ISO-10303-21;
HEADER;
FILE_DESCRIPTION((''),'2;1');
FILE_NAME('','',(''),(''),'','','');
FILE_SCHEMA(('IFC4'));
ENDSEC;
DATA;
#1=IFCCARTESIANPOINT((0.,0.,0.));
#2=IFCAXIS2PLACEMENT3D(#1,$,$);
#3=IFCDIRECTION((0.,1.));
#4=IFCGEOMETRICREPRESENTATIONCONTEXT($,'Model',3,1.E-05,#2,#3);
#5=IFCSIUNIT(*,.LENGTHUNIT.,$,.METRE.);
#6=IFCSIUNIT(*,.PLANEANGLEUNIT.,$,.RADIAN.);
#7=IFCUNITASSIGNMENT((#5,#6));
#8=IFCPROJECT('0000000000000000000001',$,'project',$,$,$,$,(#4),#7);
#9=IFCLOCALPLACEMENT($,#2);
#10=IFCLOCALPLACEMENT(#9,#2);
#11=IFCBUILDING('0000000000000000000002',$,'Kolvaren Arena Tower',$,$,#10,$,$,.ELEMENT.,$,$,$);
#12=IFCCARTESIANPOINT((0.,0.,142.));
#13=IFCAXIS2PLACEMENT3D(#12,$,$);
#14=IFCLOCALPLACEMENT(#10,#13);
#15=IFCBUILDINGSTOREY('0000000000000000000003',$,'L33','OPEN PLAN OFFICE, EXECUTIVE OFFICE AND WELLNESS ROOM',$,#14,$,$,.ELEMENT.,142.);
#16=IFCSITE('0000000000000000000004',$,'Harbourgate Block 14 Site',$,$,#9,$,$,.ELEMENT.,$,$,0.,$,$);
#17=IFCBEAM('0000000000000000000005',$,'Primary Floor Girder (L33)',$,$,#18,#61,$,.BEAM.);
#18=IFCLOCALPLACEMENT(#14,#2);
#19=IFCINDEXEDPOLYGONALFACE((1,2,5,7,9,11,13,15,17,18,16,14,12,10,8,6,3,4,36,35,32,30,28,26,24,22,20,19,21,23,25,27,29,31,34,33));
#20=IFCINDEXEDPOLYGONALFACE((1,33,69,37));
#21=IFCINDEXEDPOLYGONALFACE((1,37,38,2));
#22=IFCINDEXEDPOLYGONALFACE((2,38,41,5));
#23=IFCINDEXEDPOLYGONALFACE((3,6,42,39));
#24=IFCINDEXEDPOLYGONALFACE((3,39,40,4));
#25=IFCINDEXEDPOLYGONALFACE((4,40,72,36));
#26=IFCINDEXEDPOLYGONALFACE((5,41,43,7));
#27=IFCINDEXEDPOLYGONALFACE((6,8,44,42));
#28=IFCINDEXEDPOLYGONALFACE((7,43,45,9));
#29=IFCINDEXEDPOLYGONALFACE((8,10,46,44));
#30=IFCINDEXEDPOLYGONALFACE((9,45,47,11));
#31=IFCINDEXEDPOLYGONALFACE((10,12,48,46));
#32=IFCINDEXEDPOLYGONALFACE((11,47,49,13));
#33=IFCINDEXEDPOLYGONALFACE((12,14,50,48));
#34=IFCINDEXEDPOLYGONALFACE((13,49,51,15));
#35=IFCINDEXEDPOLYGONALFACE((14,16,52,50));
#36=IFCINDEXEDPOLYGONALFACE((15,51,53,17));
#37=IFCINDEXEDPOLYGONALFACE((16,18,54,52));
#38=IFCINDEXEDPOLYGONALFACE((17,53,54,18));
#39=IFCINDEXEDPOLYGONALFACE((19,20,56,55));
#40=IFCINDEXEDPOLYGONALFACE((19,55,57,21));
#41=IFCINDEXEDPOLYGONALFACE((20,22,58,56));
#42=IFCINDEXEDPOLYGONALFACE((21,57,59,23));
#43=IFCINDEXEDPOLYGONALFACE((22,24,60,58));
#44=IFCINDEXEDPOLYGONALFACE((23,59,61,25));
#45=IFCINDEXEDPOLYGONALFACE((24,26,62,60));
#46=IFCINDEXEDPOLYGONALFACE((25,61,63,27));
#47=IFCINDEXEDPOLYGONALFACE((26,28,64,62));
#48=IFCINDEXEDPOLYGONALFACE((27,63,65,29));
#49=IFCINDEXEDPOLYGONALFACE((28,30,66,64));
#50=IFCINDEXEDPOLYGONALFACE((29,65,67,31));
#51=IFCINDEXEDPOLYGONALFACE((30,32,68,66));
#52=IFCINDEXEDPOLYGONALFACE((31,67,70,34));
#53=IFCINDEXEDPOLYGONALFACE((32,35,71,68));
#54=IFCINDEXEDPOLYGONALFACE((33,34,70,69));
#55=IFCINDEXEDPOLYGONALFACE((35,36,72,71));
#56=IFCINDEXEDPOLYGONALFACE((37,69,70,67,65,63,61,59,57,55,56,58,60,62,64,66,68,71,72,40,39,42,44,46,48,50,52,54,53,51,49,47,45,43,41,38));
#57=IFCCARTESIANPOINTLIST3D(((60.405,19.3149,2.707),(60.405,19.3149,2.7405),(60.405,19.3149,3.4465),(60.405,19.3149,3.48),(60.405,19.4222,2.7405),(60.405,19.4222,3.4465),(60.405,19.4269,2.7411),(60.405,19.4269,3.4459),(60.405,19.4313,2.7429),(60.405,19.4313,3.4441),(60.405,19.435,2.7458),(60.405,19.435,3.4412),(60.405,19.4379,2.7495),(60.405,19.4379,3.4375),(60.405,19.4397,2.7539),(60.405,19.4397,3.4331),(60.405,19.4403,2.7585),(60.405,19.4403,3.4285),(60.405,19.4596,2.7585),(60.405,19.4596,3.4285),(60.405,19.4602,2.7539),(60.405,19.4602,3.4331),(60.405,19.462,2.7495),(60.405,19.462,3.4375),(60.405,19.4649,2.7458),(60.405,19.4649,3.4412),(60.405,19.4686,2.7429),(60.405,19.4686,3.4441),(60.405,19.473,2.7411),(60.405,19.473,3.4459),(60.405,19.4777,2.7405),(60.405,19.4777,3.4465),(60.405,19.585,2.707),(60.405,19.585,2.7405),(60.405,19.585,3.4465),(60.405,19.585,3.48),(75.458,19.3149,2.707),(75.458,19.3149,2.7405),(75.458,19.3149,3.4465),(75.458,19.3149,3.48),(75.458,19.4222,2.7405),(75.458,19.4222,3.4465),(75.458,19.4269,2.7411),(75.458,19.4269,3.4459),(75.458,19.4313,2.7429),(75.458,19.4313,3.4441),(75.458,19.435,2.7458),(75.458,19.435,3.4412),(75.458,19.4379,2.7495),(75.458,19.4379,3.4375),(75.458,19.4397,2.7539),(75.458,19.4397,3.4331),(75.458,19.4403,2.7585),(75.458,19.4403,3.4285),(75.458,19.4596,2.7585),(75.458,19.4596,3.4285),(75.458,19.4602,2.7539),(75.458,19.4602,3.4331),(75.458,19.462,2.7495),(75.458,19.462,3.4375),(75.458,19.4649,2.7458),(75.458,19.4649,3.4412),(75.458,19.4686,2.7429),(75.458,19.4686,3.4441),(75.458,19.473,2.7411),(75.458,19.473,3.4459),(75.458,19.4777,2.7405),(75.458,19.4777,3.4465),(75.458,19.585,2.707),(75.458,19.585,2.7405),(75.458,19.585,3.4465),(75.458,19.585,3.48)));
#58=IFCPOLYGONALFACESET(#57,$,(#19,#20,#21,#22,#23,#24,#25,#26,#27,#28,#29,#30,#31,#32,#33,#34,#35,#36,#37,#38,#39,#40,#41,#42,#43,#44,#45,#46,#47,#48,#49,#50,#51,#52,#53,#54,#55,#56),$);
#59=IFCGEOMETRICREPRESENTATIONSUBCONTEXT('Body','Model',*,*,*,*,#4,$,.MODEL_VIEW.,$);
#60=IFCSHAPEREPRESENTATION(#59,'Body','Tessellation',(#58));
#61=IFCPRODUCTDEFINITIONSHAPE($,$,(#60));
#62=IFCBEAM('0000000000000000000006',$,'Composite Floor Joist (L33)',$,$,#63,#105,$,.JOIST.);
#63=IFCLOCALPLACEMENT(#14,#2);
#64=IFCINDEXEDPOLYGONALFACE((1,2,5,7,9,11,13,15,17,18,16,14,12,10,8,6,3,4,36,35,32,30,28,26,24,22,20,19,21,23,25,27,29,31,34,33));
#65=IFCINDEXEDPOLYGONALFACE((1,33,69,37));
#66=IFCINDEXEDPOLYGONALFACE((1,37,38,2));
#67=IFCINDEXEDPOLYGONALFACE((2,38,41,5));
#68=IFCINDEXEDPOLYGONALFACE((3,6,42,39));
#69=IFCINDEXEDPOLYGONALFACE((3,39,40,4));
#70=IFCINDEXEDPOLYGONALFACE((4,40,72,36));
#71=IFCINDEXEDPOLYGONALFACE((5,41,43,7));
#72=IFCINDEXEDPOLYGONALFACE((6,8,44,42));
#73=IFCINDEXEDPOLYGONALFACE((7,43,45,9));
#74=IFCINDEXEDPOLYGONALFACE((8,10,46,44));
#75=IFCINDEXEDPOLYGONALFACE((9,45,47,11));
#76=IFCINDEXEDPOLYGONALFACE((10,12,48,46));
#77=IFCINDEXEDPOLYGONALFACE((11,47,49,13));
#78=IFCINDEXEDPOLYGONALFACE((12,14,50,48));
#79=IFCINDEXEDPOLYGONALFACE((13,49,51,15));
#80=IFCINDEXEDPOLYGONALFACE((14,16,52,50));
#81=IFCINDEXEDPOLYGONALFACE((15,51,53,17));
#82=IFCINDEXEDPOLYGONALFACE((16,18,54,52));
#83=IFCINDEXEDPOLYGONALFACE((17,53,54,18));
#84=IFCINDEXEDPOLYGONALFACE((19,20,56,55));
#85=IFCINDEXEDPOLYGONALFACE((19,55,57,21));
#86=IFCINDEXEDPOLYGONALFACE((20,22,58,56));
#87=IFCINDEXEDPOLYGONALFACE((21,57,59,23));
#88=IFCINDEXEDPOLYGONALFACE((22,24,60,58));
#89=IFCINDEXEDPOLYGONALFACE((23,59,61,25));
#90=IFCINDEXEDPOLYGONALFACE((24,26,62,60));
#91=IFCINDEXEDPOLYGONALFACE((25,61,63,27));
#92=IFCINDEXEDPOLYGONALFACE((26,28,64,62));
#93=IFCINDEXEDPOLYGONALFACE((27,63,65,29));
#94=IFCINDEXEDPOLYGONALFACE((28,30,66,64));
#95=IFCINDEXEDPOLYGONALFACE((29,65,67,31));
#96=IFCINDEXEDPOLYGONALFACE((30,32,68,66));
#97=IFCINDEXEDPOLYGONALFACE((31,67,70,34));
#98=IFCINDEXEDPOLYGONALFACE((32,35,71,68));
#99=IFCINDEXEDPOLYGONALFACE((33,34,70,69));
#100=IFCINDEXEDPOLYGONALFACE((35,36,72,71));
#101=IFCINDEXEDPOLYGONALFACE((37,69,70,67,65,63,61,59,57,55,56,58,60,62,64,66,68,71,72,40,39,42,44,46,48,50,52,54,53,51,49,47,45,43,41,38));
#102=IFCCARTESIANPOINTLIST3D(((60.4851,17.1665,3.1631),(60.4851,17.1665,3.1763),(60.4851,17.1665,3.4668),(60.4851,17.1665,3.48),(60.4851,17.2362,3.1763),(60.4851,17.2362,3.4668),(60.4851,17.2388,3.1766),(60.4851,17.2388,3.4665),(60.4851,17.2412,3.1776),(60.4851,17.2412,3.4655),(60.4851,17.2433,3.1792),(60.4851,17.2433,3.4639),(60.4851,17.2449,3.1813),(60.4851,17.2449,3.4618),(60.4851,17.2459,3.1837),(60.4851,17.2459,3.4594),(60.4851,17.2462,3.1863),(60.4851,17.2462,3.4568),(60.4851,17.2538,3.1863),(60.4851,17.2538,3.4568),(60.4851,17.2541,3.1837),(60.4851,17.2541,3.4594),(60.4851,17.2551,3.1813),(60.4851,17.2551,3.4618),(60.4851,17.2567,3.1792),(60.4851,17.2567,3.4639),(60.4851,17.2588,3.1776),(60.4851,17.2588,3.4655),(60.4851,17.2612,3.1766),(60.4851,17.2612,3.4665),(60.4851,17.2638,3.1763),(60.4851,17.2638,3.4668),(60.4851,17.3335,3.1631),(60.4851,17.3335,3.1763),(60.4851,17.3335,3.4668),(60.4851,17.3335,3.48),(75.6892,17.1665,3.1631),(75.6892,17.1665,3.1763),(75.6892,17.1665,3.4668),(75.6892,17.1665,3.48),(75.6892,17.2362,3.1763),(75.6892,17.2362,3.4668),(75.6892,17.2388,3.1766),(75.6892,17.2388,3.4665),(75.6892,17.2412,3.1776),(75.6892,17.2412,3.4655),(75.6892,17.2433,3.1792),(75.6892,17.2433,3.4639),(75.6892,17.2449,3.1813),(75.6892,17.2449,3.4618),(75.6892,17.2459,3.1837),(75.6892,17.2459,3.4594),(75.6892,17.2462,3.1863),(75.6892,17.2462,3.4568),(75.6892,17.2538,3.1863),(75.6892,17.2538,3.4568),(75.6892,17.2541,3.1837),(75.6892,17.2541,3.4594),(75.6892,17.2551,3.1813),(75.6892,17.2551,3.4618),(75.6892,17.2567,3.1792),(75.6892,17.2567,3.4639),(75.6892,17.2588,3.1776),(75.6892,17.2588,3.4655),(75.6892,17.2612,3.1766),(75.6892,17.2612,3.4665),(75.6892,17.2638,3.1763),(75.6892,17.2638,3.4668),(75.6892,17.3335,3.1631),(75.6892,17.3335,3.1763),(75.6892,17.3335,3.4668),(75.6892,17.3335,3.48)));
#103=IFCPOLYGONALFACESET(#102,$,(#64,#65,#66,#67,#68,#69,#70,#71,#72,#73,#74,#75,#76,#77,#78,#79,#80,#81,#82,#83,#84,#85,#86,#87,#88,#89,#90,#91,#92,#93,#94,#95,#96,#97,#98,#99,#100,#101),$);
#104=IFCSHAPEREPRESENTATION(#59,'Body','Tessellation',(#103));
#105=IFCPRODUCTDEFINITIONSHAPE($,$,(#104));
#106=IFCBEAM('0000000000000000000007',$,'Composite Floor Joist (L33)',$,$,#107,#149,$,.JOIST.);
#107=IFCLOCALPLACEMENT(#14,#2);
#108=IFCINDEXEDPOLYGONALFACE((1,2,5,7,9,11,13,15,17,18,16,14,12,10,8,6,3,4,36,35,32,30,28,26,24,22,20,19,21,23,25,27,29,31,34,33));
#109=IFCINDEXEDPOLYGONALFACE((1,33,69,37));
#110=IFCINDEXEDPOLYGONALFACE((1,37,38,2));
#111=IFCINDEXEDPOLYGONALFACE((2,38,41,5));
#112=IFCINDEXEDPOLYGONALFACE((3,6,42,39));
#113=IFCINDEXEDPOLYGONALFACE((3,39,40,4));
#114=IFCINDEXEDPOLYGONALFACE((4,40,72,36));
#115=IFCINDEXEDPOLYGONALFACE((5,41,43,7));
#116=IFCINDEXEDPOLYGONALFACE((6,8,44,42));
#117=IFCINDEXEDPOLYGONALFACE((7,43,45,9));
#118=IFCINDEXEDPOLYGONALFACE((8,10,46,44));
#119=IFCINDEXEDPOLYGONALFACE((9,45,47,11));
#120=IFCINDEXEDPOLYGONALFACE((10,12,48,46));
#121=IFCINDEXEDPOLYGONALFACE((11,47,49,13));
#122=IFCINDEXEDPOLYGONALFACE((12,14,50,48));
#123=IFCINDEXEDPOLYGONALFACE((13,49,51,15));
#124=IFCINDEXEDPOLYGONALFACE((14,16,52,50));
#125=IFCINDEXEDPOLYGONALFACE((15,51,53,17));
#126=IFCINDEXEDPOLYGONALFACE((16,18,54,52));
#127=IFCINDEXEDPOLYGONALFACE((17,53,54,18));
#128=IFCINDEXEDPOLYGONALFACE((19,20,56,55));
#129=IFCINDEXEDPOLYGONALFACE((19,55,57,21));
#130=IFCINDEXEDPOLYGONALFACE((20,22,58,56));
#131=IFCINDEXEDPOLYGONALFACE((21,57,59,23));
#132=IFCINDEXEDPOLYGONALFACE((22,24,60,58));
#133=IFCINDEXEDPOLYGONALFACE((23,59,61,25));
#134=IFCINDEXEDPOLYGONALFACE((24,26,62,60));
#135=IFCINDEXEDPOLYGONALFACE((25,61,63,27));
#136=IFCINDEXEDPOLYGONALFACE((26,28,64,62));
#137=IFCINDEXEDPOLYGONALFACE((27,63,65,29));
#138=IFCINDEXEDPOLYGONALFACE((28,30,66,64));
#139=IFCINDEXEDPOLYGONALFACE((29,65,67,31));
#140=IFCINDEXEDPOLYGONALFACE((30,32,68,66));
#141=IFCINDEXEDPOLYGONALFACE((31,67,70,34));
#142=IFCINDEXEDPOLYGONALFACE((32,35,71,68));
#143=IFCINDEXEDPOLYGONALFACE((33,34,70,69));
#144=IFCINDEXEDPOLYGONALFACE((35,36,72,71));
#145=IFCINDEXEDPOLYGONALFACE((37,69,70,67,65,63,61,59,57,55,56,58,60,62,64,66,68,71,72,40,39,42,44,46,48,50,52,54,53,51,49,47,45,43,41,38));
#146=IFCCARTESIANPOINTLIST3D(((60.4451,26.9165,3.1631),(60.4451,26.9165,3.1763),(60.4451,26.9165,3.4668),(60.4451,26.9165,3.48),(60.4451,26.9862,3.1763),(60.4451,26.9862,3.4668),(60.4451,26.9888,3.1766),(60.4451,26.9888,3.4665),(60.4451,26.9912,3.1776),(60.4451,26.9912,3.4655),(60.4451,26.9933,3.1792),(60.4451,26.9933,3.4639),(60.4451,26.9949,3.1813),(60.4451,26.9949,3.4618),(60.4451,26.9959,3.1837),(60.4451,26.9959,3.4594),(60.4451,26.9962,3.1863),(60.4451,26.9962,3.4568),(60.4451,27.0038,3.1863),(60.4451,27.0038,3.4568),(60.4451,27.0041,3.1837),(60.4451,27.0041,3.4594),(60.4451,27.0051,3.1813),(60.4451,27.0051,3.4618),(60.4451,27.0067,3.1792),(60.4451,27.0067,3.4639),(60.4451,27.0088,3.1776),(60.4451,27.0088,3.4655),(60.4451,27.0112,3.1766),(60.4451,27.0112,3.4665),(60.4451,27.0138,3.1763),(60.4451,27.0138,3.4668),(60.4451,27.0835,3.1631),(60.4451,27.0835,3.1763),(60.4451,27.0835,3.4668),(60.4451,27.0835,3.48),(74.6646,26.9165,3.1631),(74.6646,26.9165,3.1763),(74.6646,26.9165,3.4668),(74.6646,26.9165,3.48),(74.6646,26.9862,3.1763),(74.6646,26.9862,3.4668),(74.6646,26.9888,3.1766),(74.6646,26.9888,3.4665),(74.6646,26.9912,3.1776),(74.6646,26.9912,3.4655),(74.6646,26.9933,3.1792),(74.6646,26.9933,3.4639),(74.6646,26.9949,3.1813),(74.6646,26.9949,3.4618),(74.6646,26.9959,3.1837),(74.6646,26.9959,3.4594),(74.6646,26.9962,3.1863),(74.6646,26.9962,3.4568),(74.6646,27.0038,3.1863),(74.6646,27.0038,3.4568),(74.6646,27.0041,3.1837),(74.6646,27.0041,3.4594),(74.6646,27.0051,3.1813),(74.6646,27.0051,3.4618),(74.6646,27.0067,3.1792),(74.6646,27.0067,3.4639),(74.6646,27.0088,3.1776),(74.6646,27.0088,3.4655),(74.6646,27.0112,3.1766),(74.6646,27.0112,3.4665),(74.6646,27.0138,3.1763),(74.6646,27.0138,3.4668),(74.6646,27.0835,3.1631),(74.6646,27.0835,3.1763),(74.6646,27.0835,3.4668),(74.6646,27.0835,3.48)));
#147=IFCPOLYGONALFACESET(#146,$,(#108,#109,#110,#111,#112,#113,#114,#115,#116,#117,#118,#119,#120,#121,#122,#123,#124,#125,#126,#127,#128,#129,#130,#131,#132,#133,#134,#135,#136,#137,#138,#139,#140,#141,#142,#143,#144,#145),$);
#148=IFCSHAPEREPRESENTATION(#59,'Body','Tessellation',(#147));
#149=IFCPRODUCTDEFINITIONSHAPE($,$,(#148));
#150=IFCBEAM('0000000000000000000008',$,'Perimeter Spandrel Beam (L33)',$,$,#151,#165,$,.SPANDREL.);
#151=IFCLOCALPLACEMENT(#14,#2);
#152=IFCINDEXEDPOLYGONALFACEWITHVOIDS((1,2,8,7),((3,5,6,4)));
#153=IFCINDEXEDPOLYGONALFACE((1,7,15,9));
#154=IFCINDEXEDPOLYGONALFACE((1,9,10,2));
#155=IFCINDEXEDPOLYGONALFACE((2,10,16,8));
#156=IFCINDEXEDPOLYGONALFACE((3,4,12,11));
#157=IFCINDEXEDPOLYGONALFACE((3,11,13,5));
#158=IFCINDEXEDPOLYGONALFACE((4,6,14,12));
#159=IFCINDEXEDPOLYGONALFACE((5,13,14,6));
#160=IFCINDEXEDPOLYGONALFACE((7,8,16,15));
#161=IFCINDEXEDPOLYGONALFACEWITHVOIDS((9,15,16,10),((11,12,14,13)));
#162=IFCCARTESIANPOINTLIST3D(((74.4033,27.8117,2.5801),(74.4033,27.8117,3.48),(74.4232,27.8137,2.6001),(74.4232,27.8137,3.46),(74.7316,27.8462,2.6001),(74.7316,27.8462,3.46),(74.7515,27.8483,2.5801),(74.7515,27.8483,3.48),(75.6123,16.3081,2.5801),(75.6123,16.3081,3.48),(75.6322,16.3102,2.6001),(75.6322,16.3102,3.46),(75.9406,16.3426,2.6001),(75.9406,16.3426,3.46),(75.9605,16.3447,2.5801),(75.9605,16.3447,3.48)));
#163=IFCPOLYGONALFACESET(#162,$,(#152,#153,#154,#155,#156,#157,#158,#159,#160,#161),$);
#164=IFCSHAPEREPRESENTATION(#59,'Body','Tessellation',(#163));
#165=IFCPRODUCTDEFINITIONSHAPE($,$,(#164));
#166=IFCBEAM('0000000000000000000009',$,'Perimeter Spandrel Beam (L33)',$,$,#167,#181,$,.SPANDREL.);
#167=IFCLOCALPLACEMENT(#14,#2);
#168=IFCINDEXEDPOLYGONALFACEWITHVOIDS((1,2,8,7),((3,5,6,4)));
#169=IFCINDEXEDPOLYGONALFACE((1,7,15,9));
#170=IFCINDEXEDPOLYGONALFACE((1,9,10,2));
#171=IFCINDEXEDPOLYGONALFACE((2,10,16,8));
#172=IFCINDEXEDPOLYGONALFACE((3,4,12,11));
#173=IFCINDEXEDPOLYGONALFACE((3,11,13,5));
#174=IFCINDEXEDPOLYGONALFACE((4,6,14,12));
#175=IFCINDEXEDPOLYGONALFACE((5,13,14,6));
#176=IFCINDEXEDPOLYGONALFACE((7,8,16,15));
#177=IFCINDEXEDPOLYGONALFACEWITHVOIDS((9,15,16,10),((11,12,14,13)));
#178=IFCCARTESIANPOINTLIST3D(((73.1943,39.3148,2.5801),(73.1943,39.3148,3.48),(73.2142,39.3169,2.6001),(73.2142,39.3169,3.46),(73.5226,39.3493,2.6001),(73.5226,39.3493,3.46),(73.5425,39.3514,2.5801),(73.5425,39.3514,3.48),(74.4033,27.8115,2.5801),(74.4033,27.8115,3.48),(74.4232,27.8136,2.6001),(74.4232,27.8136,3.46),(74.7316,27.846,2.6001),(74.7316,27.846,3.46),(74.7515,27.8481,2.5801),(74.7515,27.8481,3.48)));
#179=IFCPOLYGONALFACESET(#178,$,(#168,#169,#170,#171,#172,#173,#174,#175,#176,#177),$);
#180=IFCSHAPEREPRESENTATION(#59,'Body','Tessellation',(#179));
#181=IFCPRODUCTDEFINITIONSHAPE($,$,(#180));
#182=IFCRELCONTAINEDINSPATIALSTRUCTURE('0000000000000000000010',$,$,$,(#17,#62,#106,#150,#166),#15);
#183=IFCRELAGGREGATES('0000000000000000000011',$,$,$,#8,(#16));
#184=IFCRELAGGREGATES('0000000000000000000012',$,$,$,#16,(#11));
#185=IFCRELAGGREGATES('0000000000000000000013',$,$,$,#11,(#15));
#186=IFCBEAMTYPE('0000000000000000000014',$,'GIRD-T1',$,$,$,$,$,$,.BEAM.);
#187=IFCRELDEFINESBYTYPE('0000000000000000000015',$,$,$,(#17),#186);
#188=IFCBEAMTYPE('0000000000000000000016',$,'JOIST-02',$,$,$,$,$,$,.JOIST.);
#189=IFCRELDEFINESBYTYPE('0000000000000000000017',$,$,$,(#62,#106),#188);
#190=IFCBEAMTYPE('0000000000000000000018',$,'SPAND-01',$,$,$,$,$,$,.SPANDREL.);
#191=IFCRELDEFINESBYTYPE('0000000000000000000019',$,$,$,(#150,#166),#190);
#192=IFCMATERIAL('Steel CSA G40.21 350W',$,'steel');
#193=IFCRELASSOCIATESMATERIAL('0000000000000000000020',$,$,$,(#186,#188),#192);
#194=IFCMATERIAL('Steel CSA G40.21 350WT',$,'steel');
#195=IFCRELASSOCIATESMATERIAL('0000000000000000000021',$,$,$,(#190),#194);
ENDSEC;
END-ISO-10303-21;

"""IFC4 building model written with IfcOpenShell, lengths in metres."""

from ifc_helpers import new_model, si_unit, direction, frame, origin, origin_2d, place, context, subcontext, project, spatial, hollow_rectangle, i_section, extrude, material, material_profile, profile_set, type_object, element, save


model = new_model("IFC4")

# Units and contexts
model_context = context("Model", 3, precision=1e-05, world=origin(), true_north=direction((0.0, 1.0)))
body_context = subcontext(model_context, "Body", "Model", "MODEL_VIEW")
ifc_project = project(units=[si_unit("LENGTHUNIT", "METRE"), si_unit("PLANEANGLEUNIT", "RADIAN")], contexts=[model_context])

# Site, building, storey
site_placement = place(None, origin())
site = spatial("IfcSite", under=ifc_project, at=site_placement, Name="Harbourgate Block 14 Site", CompositionType="ELEMENT", RefElevation=0.0)
building_placement = place(site_placement, origin())
building = spatial("IfcBuilding", under=site, at=building_placement, Name="Kolvaren Arena Tower", CompositionType="ELEMENT")
storey_placement = place(building_placement, frame((0.0, 0.0, 142.0)))
storey = spatial("IfcBuildingStorey", under=building, at=storey_placement, Name="L33", Description="OPEN PLAN OFFICE, EXECUTIVE OFFICE AND WELLNESS ROOM", CompositionType="ELEMENT", Elevation=142.0)

# Beams
ifc_material_1 = material(Name="Steel CSA G40.21 350W", Category="steel")
ifc_material_profile_1 = material_profile(ifc_material_1, i_section(OverallWidth=0.27, OverallDepth=0.7729, WebThickness=0.0193, FlangeThickness=0.0334, FilletRadius=0.0181, at=origin_2d()), Name="W760x257")
ifc_profile_set_1 = profile_set([ifc_material_profile_1], Name="Steel CSA G40.21 350W")
beam_type_1 = type_object("IfcBeamType", Name="GIRD-T1", PredefinedType="BEAM", material=ifc_profile_set_1)
beam_1_placement = place(storey_placement, frame((60.405, 19.45, 3.0935), z_axis=(1.0, 0.0, 0.0), x_axis=(0.0, 1.0, 0.0)))
element("IfcBeam", 1, at=beam_1_placement, inside=storey, type_object=beam_type_1, Name="Primary Floor Girder (L33)", PredefinedType="BEAM", context=body_context, shape_type="SweptSolid", body=[
    extrude(i_section(OverallWidth=0.27, OverallDepth=0.7729, WebThickness=0.0193, FlangeThickness=0.0334, FilletRadius=0.0181, at=origin_2d()), origin(), (0.0, 0.0, 1.0), 15.053),
])
ifc_material_profile_2 = material_profile(ifc_material_1, i_section(OverallWidth=0.167, OverallDepth=0.3169, WebThickness=0.0076, FlangeThickness=0.0132, FilletRadius=0.01, at=origin_2d()), Name="W310x52")
ifc_profile_set_2 = profile_set([ifc_material_profile_2], Name="Steel CSA G40.21 350W")
beam_type_2 = type_object("IfcBeamType", Name="JOIST-02", PredefinedType="JOIST", material=ifc_profile_set_2)
beam_2_placement = place(storey_placement, frame((60.4851, 17.25, 3.3215), z_axis=(1.0, 0.0, 0.0), x_axis=(0.0, 1.0, 0.0)))
element("IfcBeam", 2, at=beam_2_placement, inside=storey, type_object=beam_type_2, Name="Composite Floor Joist (L33)", PredefinedType="JOIST", context=body_context, shape_type="SweptSolid", body=[
    extrude(i_section(OverallWidth=0.167, OverallDepth=0.3169, WebThickness=0.0076, FlangeThickness=0.0132, FilletRadius=0.01, at=origin_2d()), origin(), (0.0, 0.0, 1.0), 15.2041),
])
beam_3_placement = place(storey_placement, frame((60.4451, 27.0, 3.3215), z_axis=(1.0, 0.0, 0.0), x_axis=(0.0, 1.0, 0.0)))
element("IfcBeam", 3, at=beam_3_placement, inside=storey, type_object=beam_type_2, Name="Composite Floor Joist (L33)", PredefinedType="JOIST", context=body_context, shape_type="SweptSolid", body=[
    extrude(i_section(OverallWidth=0.167, OverallDepth=0.3169, WebThickness=0.0076, FlangeThickness=0.0132, FilletRadius=0.01, at=origin_2d()), origin(), (0.0, 0.0, 1.0), 14.2195),
])
ifc_material_2 = material(Name="Steel CSA G40.21 350WT", Category="steel")
ifc_material_profile_3 = material_profile(ifc_material_2, hollow_rectangle(XDim=0.3501, YDim=0.8999, WallThickness=0.02, at=origin_2d()), Name="HSS 900x350x20")
ifc_profile_set_3 = profile_set([ifc_material_profile_3], Name="Steel CSA G40.21 350WT")
beam_type_3 = type_object("IfcBeamType", Name="SPAND-01", PredefinedType="SPANDREL", material=ifc_profile_set_3)
beam_4_placement = place(storey_placement, frame((75.7864, 16.3264, 3.03), z_axis=(-0.104522, 0.994523, 0.0), x_axis=(-0.994523, -0.104522, 0.0)))
element("IfcBeam", 4, at=beam_4_placement, inside=storey, type_object=beam_type_3, Name="Perimeter Spandrel Beam (L33)", PredefinedType="SPANDREL", context=body_context, shape_type="SweptSolid", body=[
    extrude(hollow_rectangle(XDim=0.3501, YDim=0.8999, WallThickness=0.02, at=origin_2d()), origin(), (0.0, 0.0, 1.0), 11.5669),
])
beam_5_placement = place(storey_placement, frame((74.5774, 27.8298, 3.03), z_axis=(-0.104524, 0.994522, 0.0), x_axis=(-0.994522, -0.104524, 0.0)))
element("IfcBeam", 5, at=beam_5_placement, inside=storey, type_object=beam_type_3, Name="Perimeter Spandrel Beam (L33)", PredefinedType="SPANDREL", context=body_context, shape_type="SweptSolid", body=[
    extrude(hollow_rectangle(XDim=0.3501, YDim=0.8999, WallThickness=0.02, at=origin_2d()), origin(), (0.0, 0.0, 1.0), 11.5667),
])

save(model, "model.ifc")
